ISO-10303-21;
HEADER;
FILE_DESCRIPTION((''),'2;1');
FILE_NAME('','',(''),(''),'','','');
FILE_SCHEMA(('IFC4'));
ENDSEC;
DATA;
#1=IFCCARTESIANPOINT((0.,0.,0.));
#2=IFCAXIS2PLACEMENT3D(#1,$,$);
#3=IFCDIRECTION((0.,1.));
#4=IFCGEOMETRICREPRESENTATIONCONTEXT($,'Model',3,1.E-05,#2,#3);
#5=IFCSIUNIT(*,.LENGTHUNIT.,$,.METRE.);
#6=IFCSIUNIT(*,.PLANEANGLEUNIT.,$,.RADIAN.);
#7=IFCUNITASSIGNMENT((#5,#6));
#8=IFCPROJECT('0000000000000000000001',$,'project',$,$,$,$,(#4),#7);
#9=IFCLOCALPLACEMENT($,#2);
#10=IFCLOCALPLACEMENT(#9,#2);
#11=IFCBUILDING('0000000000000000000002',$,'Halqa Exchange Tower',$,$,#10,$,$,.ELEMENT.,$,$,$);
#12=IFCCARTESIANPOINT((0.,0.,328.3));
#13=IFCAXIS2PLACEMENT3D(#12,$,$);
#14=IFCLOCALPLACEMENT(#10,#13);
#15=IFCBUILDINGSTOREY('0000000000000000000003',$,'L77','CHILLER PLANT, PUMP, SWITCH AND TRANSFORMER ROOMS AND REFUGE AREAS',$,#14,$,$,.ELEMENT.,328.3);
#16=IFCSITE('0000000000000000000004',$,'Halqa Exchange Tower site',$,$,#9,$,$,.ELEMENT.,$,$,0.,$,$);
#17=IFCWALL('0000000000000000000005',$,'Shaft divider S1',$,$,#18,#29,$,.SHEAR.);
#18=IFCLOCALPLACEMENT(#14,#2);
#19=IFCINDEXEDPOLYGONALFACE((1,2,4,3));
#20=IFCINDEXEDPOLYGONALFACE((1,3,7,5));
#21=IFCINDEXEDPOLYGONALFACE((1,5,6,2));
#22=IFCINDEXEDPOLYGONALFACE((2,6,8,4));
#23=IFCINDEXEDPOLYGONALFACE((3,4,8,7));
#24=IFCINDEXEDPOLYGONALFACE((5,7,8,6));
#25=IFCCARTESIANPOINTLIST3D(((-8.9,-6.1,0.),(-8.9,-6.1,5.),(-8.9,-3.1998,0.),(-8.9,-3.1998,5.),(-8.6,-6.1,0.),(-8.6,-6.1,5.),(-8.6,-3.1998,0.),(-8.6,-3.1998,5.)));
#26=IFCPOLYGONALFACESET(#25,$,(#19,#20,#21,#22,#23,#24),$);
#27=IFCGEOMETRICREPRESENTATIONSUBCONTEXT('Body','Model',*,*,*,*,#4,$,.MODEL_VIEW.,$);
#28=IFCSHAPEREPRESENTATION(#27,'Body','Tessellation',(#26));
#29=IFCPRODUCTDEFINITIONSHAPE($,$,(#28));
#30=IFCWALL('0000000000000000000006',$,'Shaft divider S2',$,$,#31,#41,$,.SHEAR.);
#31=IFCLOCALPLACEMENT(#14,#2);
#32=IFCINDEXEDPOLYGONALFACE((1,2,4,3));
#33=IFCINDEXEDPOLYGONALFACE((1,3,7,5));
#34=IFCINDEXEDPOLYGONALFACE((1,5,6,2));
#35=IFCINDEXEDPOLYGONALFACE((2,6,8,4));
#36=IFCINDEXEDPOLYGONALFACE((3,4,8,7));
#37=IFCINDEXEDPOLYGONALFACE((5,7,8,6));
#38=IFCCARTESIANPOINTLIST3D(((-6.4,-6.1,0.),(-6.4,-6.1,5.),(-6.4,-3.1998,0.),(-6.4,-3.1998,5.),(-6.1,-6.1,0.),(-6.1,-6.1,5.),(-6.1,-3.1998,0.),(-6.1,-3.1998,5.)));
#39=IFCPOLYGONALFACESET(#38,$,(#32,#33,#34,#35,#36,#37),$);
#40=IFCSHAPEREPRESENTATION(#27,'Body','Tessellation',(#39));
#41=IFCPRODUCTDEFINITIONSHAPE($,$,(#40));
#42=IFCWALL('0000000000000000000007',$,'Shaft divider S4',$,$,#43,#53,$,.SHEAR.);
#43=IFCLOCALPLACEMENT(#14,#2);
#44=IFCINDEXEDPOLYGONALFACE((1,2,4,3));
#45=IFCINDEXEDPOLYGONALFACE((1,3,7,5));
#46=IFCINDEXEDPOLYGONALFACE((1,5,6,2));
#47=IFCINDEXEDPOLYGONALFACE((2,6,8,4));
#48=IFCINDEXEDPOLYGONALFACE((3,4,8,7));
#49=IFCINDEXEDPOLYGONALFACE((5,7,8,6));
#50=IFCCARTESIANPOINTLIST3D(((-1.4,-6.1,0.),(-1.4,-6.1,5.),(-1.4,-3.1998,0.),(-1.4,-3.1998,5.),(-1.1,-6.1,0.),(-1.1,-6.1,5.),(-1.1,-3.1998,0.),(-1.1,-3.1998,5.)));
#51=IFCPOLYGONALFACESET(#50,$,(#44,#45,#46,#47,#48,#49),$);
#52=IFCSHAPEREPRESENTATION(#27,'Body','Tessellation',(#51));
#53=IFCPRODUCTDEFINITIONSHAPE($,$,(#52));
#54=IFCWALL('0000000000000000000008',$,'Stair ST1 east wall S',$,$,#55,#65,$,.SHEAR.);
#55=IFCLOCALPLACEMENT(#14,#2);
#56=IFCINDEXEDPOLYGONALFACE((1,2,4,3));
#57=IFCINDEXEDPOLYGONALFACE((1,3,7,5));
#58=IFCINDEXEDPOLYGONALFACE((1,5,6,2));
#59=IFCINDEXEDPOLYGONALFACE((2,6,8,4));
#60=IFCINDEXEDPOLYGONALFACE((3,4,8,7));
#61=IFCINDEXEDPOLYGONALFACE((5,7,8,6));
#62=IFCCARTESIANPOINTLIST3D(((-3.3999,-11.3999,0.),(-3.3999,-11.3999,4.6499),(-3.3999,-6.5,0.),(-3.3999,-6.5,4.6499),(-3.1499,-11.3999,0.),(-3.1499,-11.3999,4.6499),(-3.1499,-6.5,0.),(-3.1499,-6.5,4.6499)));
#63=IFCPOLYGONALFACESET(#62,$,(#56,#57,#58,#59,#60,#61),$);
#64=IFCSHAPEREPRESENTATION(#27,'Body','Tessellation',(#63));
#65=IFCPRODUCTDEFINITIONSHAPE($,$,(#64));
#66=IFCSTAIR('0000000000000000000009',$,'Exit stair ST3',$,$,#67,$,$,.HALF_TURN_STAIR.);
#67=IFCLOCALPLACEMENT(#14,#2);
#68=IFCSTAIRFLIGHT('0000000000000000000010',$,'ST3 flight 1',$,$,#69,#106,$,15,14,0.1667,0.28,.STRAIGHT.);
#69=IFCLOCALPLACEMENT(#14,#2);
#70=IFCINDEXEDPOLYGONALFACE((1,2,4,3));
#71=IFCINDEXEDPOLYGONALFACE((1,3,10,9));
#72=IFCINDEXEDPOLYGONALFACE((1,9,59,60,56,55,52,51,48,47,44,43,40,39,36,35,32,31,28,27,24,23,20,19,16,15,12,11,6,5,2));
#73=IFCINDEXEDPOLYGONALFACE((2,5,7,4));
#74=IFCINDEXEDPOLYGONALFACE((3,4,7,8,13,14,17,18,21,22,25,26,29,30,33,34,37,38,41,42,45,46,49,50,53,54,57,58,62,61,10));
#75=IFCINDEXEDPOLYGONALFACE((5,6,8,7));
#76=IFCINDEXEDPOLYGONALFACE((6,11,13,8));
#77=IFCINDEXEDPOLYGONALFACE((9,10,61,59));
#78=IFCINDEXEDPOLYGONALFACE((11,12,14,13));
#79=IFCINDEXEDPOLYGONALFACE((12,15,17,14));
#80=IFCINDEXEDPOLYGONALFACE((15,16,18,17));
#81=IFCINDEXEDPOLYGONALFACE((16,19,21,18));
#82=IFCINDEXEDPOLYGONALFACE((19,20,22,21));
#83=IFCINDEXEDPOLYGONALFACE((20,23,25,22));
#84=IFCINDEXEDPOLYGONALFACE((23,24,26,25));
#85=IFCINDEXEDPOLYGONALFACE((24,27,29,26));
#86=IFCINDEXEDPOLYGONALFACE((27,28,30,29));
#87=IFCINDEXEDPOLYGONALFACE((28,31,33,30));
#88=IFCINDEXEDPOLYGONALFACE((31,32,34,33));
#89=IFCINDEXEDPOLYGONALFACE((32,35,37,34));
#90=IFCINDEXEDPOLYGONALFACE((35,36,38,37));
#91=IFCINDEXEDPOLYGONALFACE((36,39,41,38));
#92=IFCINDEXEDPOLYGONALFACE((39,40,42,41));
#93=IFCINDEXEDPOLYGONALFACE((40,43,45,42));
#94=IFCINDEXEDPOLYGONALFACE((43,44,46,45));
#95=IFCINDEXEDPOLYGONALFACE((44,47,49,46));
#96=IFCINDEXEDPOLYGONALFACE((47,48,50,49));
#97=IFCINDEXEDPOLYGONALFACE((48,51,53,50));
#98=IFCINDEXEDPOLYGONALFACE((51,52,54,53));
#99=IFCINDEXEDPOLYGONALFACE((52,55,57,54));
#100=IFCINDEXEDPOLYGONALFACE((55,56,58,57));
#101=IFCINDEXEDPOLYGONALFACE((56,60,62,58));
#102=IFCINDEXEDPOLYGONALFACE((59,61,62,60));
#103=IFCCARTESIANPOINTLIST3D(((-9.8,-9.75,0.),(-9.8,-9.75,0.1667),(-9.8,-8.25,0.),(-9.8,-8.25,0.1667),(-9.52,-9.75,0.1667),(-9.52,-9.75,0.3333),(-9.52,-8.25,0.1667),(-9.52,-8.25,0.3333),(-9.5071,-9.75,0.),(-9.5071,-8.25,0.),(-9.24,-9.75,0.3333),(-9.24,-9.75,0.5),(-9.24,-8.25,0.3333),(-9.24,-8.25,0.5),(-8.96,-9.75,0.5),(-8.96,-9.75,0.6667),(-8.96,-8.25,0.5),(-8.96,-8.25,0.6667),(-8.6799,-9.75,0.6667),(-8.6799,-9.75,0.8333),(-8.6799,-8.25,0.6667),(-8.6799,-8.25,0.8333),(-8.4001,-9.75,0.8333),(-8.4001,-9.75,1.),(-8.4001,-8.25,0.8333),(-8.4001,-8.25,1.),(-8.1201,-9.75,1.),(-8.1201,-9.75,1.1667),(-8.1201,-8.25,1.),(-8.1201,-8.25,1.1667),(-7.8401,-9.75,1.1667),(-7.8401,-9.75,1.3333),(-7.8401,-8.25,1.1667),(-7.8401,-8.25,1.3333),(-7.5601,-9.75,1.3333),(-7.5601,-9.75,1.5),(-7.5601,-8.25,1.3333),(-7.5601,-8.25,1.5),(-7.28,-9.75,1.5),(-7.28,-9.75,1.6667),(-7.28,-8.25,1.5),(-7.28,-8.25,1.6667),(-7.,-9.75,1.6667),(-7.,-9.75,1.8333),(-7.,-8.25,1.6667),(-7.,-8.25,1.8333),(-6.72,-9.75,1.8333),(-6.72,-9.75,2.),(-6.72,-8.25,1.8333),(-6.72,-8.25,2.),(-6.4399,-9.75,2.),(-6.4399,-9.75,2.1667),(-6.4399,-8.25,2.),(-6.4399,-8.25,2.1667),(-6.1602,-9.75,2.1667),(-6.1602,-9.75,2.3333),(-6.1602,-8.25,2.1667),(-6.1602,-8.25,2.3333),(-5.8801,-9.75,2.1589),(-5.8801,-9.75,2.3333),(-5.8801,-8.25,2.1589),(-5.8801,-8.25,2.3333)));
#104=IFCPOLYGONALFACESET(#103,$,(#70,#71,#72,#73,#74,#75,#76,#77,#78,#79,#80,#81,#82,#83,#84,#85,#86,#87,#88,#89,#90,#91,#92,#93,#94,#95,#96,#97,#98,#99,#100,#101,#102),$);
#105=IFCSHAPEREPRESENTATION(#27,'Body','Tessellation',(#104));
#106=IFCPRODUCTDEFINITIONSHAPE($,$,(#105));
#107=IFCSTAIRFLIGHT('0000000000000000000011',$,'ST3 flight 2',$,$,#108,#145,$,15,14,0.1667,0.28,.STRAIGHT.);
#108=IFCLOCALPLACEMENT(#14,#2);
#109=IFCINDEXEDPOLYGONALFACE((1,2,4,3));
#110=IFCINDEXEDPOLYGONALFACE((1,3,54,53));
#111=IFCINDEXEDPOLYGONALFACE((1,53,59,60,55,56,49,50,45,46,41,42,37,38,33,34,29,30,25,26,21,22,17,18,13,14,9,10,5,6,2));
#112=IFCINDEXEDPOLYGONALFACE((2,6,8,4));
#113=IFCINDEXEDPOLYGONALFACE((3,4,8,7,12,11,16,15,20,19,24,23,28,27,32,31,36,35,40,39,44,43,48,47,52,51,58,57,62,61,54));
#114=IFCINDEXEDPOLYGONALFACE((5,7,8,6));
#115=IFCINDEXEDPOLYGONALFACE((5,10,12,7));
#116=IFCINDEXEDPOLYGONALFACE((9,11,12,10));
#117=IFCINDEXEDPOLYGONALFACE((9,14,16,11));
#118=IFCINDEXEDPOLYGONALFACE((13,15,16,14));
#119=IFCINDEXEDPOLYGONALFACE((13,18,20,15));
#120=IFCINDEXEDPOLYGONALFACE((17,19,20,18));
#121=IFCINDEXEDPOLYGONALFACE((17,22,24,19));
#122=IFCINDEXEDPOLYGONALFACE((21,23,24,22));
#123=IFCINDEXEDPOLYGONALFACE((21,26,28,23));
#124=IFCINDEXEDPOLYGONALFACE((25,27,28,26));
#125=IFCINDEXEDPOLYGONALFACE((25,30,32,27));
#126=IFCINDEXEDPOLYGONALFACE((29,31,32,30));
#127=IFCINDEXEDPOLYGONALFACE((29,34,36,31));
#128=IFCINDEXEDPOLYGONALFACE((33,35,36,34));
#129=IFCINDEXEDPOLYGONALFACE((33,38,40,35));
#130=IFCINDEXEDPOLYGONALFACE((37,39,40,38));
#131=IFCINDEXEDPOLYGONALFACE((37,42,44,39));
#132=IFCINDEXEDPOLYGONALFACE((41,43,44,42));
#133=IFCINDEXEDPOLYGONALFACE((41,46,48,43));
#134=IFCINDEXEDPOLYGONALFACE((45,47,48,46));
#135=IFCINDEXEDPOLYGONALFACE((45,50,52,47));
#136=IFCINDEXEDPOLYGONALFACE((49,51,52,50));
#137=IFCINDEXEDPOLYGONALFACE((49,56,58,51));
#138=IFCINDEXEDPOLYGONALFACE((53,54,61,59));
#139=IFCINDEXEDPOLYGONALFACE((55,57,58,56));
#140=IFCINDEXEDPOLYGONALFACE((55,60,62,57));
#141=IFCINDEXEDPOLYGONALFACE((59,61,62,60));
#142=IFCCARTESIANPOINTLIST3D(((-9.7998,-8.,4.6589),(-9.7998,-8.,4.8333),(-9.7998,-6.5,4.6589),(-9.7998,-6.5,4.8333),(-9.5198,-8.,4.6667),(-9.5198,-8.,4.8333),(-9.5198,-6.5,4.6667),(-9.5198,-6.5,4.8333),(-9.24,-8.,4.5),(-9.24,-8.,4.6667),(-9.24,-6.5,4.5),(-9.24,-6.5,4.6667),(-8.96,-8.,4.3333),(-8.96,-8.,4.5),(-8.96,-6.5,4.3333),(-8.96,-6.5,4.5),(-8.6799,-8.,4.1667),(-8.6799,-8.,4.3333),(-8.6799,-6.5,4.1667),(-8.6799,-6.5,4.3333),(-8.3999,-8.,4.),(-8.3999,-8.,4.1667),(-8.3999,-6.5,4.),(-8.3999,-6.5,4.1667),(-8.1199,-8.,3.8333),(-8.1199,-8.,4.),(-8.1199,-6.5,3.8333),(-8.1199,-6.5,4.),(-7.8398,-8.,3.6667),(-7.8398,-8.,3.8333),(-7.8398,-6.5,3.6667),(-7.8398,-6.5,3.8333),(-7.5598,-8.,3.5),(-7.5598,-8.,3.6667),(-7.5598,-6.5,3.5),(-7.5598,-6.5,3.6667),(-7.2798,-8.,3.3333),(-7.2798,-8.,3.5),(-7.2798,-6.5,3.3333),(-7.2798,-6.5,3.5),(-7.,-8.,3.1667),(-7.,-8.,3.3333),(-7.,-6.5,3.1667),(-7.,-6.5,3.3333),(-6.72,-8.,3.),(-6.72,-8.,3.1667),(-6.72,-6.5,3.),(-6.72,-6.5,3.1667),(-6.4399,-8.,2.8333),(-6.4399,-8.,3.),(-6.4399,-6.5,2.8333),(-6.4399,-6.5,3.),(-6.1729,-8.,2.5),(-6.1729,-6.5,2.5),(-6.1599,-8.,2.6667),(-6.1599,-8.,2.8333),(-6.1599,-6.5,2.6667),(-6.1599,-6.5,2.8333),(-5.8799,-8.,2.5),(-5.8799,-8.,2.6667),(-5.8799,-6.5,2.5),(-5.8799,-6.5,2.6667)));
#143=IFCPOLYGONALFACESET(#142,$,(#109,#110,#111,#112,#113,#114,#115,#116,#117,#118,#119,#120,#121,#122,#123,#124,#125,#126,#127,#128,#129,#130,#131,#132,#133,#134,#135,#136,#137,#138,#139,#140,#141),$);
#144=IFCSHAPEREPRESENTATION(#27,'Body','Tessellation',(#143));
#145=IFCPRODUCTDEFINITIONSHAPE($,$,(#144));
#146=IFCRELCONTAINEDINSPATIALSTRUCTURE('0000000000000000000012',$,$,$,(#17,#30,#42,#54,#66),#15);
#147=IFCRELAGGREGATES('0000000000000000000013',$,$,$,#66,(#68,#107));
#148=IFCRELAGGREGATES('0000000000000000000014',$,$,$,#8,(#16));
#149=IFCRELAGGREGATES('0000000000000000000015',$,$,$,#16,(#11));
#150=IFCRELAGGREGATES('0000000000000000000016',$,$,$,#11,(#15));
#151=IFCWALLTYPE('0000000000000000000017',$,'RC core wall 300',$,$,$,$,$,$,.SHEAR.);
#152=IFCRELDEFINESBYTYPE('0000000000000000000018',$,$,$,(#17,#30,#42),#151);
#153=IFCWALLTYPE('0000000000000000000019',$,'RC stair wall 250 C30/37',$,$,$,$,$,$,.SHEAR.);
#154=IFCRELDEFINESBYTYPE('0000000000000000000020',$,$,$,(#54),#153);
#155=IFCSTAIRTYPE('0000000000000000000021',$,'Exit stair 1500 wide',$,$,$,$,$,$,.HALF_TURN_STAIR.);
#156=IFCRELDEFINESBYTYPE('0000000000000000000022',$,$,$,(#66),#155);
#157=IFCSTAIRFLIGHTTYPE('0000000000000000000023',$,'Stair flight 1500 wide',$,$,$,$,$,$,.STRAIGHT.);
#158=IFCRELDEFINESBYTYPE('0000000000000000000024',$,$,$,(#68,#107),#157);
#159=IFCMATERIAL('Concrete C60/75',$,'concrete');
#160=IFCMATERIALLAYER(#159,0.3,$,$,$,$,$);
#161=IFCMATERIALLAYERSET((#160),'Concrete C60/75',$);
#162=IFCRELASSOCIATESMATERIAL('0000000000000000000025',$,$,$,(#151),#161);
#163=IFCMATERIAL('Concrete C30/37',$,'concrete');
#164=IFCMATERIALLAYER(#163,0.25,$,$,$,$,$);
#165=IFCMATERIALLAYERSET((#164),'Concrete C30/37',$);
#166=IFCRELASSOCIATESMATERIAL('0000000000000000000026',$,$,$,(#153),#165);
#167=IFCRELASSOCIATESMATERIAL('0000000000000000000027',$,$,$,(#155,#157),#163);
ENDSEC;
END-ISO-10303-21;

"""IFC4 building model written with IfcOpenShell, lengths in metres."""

from ifc_helpers import new_model, si_unit, direction, frame, frame_2d, origin, place, context, subcontext, project, spatial, polyline, rectangle, outline, extrude, material, layer, layer_set, type_object, element, aggregate, save


model = new_model("IFC4")

# Units and contexts
model_context = context("Model", 3, precision=1e-05, world=origin(), true_north=direction((0.0, 1.0)))
body_context = subcontext(model_context, "Body", "Model", "MODEL_VIEW")
ifc_project = project(units=[si_unit("LENGTHUNIT", "METRE"), si_unit("PLANEANGLEUNIT", "RADIAN")], contexts=[model_context])

# Site, building, storey
site_placement = place(None, origin())
site = spatial("IfcSite", under=ifc_project, at=site_placement, Name="Halqa Exchange Tower site", CompositionType="ELEMENT", RefElevation=0.0)
building_placement = place(site_placement, origin())
building = spatial("IfcBuilding", under=site, at=building_placement, Name="Halqa Exchange Tower", CompositionType="ELEMENT")
storey_placement = place(building_placement, frame((0.0, 0.0, 328.3)))
storey = spatial("IfcBuildingStorey", under=building, at=storey_placement, Name="L77", Description="CHILLER PLANT, PUMP, SWITCH AND TRANSFORMER ROOMS AND REFUGE AREAS", CompositionType="ELEMENT", Elevation=328.3)

# Walls
ifc_material_1 = material(Name="Concrete C60/75", Category="concrete")
ifc_layer_1 = layer(ifc_material_1, 0.3)
ifc_layer_set_1 = layer_set([ifc_layer_1], Name="Concrete C60/75")
wall_type_1 = type_object("IfcWallType", Name="RC core wall 300", PredefinedType="SHEAR", material=ifc_layer_set_1)
for number, where, z_axis, x_axis, name in (
    (1, (-8.75, -6.1001, 0.0), (0.0, 0.0, 1.0), (0.0, 1.0, 0.0), "Shaft divider S1"),
    (2, (-6.25, -6.1001, 0.0), (0.0, 0.0, 1.0), (0.0, 1.0, 0.0), "Shaft divider S2"),
    (3, (-1.25, -6.1001, 0.0), (0.0, 0.0, 1.0), (0.0, 1.0, 0.0), "Shaft divider S4"),
):
    element("IfcWall", number, at=place(storey_placement, frame(where, z_axis=z_axis, x_axis=x_axis)), inside=storey, type_object=wall_type_1, Name=name, PredefinedType="SHEAR", context=body_context, shape_type="SweptSolid", body=[
        extrude(rectangle(XDim=2.9001, YDim=0.3, at=frame_2d((1.4502, 0.0))), origin(), (0.0, 0.0, 1.0), 5.0),
    ])
ifc_material_2 = material(Name="Concrete C30/37", Category="concrete")
ifc_layer_2 = layer(ifc_material_2, 0.25)
ifc_layer_set_2 = layer_set([ifc_layer_2], Name="Concrete C30/37")
wall_type_2 = type_object("IfcWallType", Name="RC stair wall 250 C30/37", PredefinedType="SHEAR", material=ifc_layer_set_2)
wall_placement = place(storey_placement, frame((-3.2749, -11.3999, 0.0), z_axis=(0.0, 0.0, 1.0), x_axis=(0.0, 1.0, 0.0)))
element("IfcWall", 4, at=wall_placement, inside=storey, type_object=wall_type_2, Name="Stair ST1 east wall S", PredefinedType="SHEAR", context=body_context, shape_type="SweptSolid", body=[
    extrude(rectangle(XDim=4.8999, YDim=0.25, at=frame_2d((2.45, 0.0))), origin(), (0.0, 0.0, 1.0), 4.6499),
])

# Stair, stair flights
stair_type = type_object("IfcStairType", Name="Exit stair 1500 wide", PredefinedType="HALF_TURN_STAIR", material=ifc_material_2)
stair_placement = place(storey_placement, origin())
stair = element("IfcStair", 5, at=stair_placement, inside=storey, type_object=stair_type, Name="Exit stair ST3", PredefinedType="HALF_TURN_STAIR")
stair_flight_type = type_object("IfcStairFlightType", Name="Stair flight 1500 wide", PredefinedType="STRAIGHT", material=ifc_material_2)
stair_flight_1_placement = place(storey_placement, frame((-9.8, -9.0, 0.0), z_axis=(0.0, 0.0, 1.0), x_axis=(1.0, 0.0, 0.0)))
stair_flight_1 = element("IfcStairFlight", 6, at=stair_flight_1_placement, type_object=stair_flight_type, Name="ST3 flight 1", NumberOfRisers=15, NumberOfTreads=14, PredefinedType="STRAIGHT", RiserHeight=0.1667, TreadLength=0.28, context=body_context, shape_type="SweptSolid", body=[
    extrude(outline(polyline([(0.0, 0.0), (0.0, 0.1667), (0.28, 0.1667), (0.28, 0.3333), (0.5601, 0.3333), (0.5601, 0.5), (0.8401, 0.5), (0.8401, 0.6667), (1.1201, 0.6667), (1.1201, 0.8333), (1.3999, 0.8333), (1.3999, 1.0), (1.6799, 1.0), (1.6799, 1.1667), (1.96, 1.1667), (1.96, 1.3333), (2.24, 1.3333), (2.24, 1.5), (2.52, 1.5), (2.52, 1.6667), (2.8, 1.6667), (2.8, 1.8333), (3.0801, 1.8333), (3.0801, 2.0), (3.3601, 2.0), (3.3601, 2.1667), (3.6399, 2.1667), (3.6399, 2.3333), (3.9199, 2.3333), (3.9199, 2.5), (3.9199, 2.1589), (0.293, 0.0), (0.0, 0.0)])), frame((0.0, 0.75, 0.0), z_axis=(0.0, -1.0, 0.0), x_axis=(1.0, 0.0, 0.0)), (0.0, 0.0, 1.0), 1.5),
])
stair_flight_2_placement = place(storey_placement, frame((-5.8799, -7.25, 2.5), z_axis=(0.0, 0.0, 1.0), x_axis=(-1.0, 0.0, 0.0)))
stair_flight_2 = element("IfcStairFlight", 7, at=stair_flight_2_placement, type_object=stair_flight_type, Name="ST3 flight 2", NumberOfRisers=15, NumberOfTreads=14, PredefinedType="STRAIGHT", RiserHeight=0.1667, TreadLength=0.28, context=body_context, shape_type="SweptSolid", body=[
    extrude(outline(polyline([(0.0, 0.0), (0.0, 0.1667), (0.28, 0.1667), (0.28, 0.3333), (0.5601, 0.3333), (0.5601, 0.5), (0.8401, 0.5), (0.8401, 0.6667), (1.1201, 0.6667), (1.1201, 0.8333), (1.3999, 0.8333), (1.3999, 1.0), (1.6799, 1.0), (1.6799, 1.1667), (1.96, 1.1667), (1.96, 1.3333), (2.24, 1.3333), (2.24, 1.5), (2.52, 1.5), (2.52, 1.6667), (2.8, 1.6667), (2.8, 1.8333), (3.0801, 1.8333), (3.0801, 2.0), (3.3601, 2.0), (3.3601, 2.1667), (3.6399, 2.1667), (3.6399, 2.3333), (3.9199, 2.3333), (3.9199, 2.5), (3.9199, 2.1589), (0.293, 0.0), (0.0, 0.0)])), frame((0.0, 0.75, 0.0), z_axis=(0.0, -1.0, 0.0), x_axis=(1.0, 0.0, 0.0)), (0.0, 0.0, 1.0), 1.5),
])
aggregate(stair, [stair_flight_1, stair_flight_2])

save(model, "model.ifc")
